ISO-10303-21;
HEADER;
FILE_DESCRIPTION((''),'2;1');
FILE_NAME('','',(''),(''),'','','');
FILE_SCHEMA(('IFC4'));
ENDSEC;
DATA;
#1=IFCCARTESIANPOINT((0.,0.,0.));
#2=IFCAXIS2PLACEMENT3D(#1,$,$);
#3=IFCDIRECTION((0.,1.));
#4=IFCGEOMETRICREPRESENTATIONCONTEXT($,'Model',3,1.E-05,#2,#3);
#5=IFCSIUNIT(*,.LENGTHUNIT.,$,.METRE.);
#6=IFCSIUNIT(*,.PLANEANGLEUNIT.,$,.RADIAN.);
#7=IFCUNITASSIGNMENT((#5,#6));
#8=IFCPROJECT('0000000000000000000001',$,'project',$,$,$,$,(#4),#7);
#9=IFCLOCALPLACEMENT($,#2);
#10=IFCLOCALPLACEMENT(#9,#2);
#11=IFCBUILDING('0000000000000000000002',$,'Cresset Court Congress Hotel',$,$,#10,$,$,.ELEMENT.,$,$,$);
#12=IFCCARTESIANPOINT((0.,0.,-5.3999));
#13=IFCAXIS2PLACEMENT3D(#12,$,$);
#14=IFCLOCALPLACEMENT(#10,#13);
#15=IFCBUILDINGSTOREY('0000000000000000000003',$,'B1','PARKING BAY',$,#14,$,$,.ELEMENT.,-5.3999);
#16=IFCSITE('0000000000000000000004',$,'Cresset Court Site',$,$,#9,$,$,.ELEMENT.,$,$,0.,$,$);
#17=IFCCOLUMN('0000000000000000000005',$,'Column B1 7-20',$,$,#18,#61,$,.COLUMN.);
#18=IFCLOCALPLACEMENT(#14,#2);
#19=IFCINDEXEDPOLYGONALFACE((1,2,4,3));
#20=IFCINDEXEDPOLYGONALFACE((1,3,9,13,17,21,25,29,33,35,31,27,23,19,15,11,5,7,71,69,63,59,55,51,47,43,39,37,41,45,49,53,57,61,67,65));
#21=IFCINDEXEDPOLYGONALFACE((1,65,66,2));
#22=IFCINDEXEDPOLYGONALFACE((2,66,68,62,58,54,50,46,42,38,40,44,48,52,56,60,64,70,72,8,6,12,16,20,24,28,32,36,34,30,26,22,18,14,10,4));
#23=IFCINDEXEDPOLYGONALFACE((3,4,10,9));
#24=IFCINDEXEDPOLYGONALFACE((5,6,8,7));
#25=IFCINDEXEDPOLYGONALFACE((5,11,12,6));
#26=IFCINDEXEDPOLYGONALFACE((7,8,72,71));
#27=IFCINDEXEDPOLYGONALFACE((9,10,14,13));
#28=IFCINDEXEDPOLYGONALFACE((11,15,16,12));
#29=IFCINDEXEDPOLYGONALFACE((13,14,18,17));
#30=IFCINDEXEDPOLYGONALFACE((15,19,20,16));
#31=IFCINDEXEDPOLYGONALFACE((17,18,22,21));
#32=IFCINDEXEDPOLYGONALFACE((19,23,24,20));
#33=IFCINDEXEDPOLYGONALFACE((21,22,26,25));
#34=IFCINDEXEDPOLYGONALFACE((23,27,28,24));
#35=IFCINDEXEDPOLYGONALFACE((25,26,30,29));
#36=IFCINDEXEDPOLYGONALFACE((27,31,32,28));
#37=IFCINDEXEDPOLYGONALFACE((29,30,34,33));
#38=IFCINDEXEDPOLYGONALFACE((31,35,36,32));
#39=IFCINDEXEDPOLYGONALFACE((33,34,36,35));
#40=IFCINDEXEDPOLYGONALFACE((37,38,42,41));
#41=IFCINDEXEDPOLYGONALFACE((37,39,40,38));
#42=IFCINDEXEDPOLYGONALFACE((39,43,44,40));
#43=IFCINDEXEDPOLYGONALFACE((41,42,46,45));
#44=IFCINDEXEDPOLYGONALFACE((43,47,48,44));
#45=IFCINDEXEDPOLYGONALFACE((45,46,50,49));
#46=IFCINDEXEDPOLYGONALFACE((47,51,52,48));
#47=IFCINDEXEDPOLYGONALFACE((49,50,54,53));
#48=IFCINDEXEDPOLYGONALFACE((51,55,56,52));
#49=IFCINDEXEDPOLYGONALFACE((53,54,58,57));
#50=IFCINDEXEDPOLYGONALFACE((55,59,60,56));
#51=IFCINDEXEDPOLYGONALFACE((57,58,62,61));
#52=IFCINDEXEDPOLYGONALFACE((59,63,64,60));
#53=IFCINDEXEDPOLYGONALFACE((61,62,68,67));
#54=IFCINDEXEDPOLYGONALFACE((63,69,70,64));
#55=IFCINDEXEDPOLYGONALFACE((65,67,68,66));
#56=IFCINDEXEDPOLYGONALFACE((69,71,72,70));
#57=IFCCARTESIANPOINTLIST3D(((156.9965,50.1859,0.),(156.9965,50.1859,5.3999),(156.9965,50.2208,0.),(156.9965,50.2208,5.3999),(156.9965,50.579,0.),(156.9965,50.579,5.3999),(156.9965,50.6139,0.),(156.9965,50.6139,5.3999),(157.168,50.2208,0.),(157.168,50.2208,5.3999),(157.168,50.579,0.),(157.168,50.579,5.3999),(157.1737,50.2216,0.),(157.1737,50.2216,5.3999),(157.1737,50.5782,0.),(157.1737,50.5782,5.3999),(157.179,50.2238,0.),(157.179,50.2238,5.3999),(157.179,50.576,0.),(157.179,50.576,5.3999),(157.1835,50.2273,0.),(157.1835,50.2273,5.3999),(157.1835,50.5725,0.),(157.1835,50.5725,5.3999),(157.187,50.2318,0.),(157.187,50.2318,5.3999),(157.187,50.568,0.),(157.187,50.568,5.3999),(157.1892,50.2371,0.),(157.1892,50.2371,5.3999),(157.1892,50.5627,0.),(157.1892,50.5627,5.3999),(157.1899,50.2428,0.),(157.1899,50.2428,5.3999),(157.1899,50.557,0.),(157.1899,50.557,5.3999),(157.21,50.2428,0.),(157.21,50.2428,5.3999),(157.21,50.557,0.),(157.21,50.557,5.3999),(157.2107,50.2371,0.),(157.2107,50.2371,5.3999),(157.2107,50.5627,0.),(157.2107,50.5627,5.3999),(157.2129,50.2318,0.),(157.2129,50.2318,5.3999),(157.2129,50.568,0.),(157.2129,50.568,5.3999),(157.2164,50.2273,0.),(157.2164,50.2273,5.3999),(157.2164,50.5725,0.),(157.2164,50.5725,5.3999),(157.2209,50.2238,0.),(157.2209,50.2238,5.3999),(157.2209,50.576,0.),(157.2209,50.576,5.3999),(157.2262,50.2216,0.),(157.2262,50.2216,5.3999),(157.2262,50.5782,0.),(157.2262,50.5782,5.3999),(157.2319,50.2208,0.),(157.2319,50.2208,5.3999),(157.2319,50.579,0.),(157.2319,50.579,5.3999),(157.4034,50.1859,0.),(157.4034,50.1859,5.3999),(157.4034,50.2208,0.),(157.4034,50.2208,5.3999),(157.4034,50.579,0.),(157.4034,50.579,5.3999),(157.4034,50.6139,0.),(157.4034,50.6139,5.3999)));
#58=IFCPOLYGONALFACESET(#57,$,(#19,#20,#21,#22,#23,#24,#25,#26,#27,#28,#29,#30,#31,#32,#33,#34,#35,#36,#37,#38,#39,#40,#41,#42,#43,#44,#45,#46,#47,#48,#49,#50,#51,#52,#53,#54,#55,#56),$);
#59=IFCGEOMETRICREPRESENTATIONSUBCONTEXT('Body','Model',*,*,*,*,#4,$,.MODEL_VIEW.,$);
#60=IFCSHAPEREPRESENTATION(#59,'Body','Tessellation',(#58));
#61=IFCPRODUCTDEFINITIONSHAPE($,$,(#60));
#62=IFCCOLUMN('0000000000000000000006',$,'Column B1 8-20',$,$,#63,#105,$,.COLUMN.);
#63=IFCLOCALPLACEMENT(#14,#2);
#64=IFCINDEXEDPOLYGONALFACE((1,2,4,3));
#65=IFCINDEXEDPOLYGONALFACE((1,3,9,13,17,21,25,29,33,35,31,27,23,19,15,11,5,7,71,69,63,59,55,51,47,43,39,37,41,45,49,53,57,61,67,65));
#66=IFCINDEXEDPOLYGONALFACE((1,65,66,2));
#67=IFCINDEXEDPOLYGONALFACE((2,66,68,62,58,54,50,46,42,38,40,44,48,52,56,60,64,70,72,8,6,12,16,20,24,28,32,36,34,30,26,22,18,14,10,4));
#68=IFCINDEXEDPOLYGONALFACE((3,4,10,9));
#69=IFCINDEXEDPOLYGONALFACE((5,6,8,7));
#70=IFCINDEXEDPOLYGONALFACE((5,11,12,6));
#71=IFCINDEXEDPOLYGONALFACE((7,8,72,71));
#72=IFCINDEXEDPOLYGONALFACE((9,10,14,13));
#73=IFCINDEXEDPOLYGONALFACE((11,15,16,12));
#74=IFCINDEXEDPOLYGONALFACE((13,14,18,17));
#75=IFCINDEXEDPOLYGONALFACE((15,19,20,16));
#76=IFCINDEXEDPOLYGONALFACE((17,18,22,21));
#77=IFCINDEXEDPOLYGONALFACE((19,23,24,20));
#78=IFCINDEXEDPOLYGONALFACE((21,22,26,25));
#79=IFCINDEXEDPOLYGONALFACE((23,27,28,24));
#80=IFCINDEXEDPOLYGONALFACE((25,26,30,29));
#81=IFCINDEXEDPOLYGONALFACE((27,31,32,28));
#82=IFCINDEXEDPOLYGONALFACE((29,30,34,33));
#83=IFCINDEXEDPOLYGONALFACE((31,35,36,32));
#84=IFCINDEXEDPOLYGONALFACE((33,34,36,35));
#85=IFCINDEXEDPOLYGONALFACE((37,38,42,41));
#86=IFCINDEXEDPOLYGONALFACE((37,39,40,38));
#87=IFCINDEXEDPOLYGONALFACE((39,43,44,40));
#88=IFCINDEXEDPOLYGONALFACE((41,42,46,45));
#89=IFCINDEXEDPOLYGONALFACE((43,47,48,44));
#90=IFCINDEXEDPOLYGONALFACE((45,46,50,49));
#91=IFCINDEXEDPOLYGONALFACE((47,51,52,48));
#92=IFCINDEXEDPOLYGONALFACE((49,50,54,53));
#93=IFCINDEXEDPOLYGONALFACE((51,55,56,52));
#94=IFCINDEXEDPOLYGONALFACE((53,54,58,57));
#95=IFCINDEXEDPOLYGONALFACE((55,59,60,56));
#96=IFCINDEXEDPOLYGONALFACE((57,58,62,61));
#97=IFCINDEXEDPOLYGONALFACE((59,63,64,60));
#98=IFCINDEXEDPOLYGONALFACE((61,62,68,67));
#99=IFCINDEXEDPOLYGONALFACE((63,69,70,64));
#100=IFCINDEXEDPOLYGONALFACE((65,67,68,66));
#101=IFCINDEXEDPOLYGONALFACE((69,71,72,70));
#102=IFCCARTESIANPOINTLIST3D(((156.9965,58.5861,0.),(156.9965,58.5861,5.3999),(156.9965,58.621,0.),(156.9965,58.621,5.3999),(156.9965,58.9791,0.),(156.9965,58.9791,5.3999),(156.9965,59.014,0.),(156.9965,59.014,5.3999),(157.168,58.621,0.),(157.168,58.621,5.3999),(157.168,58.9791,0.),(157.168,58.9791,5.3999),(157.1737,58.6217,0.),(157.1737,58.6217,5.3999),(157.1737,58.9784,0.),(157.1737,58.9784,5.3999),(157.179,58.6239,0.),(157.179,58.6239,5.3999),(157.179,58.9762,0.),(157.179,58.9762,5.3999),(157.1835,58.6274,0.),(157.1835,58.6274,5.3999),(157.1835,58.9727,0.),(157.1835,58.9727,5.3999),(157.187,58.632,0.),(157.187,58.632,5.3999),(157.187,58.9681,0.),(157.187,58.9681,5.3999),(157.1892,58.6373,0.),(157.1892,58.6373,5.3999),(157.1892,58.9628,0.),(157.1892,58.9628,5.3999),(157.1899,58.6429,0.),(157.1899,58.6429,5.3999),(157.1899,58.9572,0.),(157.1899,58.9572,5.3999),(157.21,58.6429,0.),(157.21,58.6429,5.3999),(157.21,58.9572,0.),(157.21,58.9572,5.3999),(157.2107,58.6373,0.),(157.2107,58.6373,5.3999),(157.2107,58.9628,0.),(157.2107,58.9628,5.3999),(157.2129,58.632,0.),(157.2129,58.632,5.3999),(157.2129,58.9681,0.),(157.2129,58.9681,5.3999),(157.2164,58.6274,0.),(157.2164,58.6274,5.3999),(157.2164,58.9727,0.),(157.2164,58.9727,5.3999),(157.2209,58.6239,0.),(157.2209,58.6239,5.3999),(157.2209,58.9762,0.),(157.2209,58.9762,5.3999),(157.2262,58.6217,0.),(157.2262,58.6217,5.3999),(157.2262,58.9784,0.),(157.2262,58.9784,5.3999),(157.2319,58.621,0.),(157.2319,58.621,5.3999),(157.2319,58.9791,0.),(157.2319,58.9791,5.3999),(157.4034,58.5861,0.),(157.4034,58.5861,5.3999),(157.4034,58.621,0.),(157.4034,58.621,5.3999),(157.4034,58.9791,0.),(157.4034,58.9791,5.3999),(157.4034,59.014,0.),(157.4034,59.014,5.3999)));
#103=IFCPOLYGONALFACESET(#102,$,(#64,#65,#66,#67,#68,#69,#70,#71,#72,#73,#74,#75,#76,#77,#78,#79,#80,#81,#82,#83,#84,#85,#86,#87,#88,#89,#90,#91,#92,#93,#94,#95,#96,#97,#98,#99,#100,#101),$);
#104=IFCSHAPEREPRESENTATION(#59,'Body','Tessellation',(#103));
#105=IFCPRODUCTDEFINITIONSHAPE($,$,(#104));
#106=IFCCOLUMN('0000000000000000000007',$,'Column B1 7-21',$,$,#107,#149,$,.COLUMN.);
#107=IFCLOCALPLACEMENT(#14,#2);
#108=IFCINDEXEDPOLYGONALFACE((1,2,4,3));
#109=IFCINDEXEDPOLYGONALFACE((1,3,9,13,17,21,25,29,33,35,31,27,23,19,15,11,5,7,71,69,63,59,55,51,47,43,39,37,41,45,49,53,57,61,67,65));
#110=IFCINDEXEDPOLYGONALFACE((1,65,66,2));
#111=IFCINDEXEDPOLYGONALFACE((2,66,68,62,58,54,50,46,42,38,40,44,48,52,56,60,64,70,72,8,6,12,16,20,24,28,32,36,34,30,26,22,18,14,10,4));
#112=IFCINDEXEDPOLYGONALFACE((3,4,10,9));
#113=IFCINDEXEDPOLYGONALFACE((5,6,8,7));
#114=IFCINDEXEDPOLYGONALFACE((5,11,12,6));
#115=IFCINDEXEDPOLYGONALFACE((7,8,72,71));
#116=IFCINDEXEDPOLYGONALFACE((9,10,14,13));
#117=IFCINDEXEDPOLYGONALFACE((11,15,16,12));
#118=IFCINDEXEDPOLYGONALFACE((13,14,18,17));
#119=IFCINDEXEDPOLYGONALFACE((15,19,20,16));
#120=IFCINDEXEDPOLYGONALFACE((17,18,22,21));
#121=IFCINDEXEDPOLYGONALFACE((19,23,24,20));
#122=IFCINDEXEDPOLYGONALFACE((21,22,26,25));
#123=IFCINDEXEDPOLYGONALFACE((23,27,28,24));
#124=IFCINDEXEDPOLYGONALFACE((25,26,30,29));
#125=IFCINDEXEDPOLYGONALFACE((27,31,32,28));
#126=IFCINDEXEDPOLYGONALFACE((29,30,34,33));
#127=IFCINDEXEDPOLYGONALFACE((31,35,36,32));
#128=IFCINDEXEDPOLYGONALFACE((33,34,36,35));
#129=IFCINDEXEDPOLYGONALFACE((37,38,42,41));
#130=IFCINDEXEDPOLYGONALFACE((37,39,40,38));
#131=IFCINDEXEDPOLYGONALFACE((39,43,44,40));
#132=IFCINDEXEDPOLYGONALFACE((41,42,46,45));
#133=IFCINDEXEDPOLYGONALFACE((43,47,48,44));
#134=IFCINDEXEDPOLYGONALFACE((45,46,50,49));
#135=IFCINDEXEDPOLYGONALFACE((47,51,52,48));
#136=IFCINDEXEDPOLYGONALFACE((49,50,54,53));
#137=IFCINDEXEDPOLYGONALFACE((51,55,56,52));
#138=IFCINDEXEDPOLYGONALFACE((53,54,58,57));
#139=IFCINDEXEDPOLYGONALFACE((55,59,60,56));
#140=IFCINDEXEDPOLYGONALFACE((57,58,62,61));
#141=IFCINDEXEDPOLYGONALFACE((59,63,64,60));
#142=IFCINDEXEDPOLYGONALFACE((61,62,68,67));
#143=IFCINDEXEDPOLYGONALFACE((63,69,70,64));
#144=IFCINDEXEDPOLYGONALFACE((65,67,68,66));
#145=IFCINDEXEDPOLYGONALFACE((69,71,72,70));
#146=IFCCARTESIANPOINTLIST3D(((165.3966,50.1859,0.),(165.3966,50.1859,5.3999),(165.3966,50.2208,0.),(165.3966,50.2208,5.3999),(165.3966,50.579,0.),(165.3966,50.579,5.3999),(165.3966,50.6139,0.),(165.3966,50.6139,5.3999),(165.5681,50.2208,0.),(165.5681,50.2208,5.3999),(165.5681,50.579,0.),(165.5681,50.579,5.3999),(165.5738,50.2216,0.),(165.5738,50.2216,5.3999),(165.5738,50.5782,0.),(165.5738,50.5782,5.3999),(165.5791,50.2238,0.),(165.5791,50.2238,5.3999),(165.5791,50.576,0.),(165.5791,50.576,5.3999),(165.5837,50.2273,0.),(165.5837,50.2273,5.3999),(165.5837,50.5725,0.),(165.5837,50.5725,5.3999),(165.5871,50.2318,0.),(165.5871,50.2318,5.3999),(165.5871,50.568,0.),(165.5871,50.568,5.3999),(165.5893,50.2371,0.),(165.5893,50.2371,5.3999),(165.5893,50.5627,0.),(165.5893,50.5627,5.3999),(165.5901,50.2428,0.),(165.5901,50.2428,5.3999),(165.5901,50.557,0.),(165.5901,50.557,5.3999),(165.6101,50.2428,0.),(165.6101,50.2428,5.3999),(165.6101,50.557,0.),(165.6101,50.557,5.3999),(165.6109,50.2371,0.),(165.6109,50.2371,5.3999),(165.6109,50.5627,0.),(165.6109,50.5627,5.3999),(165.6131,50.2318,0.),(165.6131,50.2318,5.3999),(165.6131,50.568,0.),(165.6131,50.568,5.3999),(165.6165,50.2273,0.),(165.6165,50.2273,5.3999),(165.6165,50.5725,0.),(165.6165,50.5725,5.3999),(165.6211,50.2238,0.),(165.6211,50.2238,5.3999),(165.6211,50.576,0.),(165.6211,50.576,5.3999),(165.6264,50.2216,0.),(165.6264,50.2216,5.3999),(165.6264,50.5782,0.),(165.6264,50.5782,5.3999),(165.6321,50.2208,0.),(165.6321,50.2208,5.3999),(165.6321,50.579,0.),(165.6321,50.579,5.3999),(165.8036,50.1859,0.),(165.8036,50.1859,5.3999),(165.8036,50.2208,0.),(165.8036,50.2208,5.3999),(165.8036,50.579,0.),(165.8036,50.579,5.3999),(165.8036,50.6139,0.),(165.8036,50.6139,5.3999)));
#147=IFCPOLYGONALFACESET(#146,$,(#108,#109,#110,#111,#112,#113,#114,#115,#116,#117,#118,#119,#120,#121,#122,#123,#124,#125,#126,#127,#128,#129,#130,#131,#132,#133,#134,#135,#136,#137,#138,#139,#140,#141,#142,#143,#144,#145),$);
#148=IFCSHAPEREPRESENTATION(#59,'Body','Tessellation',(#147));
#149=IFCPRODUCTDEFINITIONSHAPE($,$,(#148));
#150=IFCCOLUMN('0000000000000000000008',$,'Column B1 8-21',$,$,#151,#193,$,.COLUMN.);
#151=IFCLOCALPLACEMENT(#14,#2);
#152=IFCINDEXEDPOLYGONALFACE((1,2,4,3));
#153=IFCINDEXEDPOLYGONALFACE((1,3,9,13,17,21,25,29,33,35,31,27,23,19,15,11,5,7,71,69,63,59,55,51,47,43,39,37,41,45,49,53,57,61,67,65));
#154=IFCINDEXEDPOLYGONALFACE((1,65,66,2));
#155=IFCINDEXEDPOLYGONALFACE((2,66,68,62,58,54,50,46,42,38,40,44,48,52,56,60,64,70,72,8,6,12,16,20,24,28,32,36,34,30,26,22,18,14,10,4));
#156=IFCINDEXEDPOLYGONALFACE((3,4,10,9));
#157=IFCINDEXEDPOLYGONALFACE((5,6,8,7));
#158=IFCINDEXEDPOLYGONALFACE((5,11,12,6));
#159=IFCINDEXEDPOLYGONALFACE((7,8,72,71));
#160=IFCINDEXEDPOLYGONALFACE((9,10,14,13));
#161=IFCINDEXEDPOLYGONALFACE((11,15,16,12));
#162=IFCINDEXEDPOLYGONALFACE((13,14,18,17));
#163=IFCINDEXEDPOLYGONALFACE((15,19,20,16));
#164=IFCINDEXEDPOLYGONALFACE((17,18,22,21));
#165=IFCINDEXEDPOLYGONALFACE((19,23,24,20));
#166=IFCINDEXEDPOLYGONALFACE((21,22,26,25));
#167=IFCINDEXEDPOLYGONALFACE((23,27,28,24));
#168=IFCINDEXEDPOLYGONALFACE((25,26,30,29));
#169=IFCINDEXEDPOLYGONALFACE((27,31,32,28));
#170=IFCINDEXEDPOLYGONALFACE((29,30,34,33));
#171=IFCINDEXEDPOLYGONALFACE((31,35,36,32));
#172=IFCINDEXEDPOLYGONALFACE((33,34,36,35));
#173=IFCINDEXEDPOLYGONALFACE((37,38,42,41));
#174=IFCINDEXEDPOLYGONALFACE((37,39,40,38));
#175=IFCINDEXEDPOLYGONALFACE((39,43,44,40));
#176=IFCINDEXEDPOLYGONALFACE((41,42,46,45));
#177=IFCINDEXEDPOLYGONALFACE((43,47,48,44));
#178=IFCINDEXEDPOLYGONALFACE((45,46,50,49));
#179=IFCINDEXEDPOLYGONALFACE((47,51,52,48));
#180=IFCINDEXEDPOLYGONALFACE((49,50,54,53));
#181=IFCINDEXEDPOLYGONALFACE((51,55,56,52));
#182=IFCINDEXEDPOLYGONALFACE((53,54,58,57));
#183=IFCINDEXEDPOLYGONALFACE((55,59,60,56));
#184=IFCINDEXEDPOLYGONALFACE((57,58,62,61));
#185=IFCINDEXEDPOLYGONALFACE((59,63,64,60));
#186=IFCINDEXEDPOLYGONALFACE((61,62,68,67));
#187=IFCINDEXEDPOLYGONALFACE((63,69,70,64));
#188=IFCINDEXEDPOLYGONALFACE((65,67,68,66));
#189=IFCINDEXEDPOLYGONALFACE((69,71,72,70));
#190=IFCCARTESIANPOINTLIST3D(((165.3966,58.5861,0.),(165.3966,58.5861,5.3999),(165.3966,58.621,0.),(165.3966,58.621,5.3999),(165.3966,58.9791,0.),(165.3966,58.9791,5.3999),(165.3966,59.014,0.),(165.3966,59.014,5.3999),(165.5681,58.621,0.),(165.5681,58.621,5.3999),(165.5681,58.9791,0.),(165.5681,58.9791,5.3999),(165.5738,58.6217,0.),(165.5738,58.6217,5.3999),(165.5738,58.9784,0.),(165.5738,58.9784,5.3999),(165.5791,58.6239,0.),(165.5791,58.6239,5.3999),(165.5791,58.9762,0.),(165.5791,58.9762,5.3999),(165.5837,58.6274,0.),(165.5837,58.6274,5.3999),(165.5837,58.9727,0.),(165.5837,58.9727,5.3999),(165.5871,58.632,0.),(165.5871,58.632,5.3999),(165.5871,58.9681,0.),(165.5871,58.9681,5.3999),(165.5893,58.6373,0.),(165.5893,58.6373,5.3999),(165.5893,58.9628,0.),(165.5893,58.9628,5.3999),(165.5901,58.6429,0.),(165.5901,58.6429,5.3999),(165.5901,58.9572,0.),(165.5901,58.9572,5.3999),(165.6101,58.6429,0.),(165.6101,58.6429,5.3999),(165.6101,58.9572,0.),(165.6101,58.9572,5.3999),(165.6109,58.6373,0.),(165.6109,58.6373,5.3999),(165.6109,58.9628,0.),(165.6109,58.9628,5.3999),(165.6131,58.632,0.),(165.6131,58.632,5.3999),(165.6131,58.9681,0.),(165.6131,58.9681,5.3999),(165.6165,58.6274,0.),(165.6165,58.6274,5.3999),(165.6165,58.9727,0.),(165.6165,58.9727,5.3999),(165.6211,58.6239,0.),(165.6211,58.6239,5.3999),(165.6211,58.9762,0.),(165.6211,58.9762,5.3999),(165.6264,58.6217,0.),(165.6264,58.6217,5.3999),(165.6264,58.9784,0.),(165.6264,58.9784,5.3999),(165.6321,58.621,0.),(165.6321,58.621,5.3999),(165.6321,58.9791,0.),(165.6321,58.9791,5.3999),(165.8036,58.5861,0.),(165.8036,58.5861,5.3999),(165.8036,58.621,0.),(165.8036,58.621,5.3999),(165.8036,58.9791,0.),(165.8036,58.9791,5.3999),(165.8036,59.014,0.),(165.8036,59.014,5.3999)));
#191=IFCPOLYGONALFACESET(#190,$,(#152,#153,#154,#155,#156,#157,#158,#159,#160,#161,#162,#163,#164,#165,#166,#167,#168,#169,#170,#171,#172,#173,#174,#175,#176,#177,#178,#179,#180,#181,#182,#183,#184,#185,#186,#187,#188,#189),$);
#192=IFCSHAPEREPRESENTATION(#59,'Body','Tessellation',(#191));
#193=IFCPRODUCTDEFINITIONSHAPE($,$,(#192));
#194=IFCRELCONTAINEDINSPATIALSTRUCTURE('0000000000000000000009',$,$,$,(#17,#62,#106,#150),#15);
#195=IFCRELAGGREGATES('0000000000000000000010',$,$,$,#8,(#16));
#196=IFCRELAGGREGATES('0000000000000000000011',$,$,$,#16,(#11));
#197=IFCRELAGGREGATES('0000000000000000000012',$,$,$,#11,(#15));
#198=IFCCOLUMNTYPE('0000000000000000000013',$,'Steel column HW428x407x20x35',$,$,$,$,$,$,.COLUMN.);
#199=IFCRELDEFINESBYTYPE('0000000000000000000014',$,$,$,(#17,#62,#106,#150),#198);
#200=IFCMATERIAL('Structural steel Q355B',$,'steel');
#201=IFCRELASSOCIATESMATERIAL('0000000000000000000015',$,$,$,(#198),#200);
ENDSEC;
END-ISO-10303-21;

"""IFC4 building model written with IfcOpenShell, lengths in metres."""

from ifc_helpers import new_model, si_unit, direction, frame, origin, origin_2d, place, context, subcontext, project, spatial, i_section, extrude, material, material_profile, profile_set, type_object, element, save


model = new_model("IFC4")

# Units and contexts
model_context = context("Model", 3, precision=1e-05, world=origin(), true_north=direction((0.0, 1.0)))
body_context = subcontext(model_context, "Body", "Model", "MODEL_VIEW")
ifc_project = project(units=[si_unit("LENGTHUNIT", "METRE"), si_unit("PLANEANGLEUNIT", "RADIAN")], contexts=[model_context])

# Site, building, storey
site_placement = place(None, origin())
site = spatial("IfcSite", under=ifc_project, at=site_placement, Name="Cresset Court Site", CompositionType="ELEMENT", RefElevation=0.0)
building_placement = place(site_placement, origin())
building = spatial("IfcBuilding", under=site, at=building_placement, Name="Cresset Court Congress Hotel", CompositionType="ELEMENT")
storey_placement = place(building_placement, frame((0.0, 0.0, -5.3999)))
storey = spatial("IfcBuildingStorey", under=building, at=storey_placement, Name="B1", Description="PARKING BAY", CompositionType="ELEMENT", Elevation=-5.3999)

# Columns
ifc_material_1 = material(Name="Structural steel Q355B", Category="steel")
ifc_material_profile_1 = material_profile(ifc_material_1, i_section(OverallWidth=0.407, OverallDepth=0.428, WebThickness=0.02, FlangeThickness=0.0349, FilletRadius=0.022, at=origin_2d()), Name="HW428x407x20x35")
ifc_profile_set_1 = profile_set([ifc_material_profile_1], Name="Structural steel Q355B")
column_type = type_object("IfcColumnType", Name="Steel column HW428x407x20x35", PredefinedType="COLUMN", material=ifc_profile_set_1)
for number, where, z_axis, x_axis, name in (
    (1, (157.2, 50.3999, 0.0), (0.0, 0.0, 1.0), (1.0, 0.0, 0.0), "Column B1 7-20"),
    (2, (157.2, 58.8, 0.0), (0.0, 0.0, 1.0), (1.0, 0.0, 0.0), "Column B1 8-20"),
    (3, (165.6001, 50.3999, 0.0), (0.0, 0.0, 1.0), (1.0, 0.0, 0.0), "Column B1 7-21"),
    (4, (165.6001, 58.8, 0.0), (0.0, 0.0, 1.0), (1.0, 0.0, 0.0), "Column B1 8-21"),
):
    element("IfcColumn", number, at=place(storey_placement, frame(where, z_axis=z_axis, x_axis=x_axis)), inside=storey, type_object=column_type, Name=name, PredefinedType="COLUMN", context=body_context, shape_type="SweptSolid", body=[
        extrude(i_section(OverallWidth=0.407, OverallDepth=0.428, WebThickness=0.02, FlangeThickness=0.0349, FilletRadius=0.022, at=origin_2d()), origin(), (0.0, 0.0, 1.0), 5.3999),
    ])

save(model, "model.ifc")
